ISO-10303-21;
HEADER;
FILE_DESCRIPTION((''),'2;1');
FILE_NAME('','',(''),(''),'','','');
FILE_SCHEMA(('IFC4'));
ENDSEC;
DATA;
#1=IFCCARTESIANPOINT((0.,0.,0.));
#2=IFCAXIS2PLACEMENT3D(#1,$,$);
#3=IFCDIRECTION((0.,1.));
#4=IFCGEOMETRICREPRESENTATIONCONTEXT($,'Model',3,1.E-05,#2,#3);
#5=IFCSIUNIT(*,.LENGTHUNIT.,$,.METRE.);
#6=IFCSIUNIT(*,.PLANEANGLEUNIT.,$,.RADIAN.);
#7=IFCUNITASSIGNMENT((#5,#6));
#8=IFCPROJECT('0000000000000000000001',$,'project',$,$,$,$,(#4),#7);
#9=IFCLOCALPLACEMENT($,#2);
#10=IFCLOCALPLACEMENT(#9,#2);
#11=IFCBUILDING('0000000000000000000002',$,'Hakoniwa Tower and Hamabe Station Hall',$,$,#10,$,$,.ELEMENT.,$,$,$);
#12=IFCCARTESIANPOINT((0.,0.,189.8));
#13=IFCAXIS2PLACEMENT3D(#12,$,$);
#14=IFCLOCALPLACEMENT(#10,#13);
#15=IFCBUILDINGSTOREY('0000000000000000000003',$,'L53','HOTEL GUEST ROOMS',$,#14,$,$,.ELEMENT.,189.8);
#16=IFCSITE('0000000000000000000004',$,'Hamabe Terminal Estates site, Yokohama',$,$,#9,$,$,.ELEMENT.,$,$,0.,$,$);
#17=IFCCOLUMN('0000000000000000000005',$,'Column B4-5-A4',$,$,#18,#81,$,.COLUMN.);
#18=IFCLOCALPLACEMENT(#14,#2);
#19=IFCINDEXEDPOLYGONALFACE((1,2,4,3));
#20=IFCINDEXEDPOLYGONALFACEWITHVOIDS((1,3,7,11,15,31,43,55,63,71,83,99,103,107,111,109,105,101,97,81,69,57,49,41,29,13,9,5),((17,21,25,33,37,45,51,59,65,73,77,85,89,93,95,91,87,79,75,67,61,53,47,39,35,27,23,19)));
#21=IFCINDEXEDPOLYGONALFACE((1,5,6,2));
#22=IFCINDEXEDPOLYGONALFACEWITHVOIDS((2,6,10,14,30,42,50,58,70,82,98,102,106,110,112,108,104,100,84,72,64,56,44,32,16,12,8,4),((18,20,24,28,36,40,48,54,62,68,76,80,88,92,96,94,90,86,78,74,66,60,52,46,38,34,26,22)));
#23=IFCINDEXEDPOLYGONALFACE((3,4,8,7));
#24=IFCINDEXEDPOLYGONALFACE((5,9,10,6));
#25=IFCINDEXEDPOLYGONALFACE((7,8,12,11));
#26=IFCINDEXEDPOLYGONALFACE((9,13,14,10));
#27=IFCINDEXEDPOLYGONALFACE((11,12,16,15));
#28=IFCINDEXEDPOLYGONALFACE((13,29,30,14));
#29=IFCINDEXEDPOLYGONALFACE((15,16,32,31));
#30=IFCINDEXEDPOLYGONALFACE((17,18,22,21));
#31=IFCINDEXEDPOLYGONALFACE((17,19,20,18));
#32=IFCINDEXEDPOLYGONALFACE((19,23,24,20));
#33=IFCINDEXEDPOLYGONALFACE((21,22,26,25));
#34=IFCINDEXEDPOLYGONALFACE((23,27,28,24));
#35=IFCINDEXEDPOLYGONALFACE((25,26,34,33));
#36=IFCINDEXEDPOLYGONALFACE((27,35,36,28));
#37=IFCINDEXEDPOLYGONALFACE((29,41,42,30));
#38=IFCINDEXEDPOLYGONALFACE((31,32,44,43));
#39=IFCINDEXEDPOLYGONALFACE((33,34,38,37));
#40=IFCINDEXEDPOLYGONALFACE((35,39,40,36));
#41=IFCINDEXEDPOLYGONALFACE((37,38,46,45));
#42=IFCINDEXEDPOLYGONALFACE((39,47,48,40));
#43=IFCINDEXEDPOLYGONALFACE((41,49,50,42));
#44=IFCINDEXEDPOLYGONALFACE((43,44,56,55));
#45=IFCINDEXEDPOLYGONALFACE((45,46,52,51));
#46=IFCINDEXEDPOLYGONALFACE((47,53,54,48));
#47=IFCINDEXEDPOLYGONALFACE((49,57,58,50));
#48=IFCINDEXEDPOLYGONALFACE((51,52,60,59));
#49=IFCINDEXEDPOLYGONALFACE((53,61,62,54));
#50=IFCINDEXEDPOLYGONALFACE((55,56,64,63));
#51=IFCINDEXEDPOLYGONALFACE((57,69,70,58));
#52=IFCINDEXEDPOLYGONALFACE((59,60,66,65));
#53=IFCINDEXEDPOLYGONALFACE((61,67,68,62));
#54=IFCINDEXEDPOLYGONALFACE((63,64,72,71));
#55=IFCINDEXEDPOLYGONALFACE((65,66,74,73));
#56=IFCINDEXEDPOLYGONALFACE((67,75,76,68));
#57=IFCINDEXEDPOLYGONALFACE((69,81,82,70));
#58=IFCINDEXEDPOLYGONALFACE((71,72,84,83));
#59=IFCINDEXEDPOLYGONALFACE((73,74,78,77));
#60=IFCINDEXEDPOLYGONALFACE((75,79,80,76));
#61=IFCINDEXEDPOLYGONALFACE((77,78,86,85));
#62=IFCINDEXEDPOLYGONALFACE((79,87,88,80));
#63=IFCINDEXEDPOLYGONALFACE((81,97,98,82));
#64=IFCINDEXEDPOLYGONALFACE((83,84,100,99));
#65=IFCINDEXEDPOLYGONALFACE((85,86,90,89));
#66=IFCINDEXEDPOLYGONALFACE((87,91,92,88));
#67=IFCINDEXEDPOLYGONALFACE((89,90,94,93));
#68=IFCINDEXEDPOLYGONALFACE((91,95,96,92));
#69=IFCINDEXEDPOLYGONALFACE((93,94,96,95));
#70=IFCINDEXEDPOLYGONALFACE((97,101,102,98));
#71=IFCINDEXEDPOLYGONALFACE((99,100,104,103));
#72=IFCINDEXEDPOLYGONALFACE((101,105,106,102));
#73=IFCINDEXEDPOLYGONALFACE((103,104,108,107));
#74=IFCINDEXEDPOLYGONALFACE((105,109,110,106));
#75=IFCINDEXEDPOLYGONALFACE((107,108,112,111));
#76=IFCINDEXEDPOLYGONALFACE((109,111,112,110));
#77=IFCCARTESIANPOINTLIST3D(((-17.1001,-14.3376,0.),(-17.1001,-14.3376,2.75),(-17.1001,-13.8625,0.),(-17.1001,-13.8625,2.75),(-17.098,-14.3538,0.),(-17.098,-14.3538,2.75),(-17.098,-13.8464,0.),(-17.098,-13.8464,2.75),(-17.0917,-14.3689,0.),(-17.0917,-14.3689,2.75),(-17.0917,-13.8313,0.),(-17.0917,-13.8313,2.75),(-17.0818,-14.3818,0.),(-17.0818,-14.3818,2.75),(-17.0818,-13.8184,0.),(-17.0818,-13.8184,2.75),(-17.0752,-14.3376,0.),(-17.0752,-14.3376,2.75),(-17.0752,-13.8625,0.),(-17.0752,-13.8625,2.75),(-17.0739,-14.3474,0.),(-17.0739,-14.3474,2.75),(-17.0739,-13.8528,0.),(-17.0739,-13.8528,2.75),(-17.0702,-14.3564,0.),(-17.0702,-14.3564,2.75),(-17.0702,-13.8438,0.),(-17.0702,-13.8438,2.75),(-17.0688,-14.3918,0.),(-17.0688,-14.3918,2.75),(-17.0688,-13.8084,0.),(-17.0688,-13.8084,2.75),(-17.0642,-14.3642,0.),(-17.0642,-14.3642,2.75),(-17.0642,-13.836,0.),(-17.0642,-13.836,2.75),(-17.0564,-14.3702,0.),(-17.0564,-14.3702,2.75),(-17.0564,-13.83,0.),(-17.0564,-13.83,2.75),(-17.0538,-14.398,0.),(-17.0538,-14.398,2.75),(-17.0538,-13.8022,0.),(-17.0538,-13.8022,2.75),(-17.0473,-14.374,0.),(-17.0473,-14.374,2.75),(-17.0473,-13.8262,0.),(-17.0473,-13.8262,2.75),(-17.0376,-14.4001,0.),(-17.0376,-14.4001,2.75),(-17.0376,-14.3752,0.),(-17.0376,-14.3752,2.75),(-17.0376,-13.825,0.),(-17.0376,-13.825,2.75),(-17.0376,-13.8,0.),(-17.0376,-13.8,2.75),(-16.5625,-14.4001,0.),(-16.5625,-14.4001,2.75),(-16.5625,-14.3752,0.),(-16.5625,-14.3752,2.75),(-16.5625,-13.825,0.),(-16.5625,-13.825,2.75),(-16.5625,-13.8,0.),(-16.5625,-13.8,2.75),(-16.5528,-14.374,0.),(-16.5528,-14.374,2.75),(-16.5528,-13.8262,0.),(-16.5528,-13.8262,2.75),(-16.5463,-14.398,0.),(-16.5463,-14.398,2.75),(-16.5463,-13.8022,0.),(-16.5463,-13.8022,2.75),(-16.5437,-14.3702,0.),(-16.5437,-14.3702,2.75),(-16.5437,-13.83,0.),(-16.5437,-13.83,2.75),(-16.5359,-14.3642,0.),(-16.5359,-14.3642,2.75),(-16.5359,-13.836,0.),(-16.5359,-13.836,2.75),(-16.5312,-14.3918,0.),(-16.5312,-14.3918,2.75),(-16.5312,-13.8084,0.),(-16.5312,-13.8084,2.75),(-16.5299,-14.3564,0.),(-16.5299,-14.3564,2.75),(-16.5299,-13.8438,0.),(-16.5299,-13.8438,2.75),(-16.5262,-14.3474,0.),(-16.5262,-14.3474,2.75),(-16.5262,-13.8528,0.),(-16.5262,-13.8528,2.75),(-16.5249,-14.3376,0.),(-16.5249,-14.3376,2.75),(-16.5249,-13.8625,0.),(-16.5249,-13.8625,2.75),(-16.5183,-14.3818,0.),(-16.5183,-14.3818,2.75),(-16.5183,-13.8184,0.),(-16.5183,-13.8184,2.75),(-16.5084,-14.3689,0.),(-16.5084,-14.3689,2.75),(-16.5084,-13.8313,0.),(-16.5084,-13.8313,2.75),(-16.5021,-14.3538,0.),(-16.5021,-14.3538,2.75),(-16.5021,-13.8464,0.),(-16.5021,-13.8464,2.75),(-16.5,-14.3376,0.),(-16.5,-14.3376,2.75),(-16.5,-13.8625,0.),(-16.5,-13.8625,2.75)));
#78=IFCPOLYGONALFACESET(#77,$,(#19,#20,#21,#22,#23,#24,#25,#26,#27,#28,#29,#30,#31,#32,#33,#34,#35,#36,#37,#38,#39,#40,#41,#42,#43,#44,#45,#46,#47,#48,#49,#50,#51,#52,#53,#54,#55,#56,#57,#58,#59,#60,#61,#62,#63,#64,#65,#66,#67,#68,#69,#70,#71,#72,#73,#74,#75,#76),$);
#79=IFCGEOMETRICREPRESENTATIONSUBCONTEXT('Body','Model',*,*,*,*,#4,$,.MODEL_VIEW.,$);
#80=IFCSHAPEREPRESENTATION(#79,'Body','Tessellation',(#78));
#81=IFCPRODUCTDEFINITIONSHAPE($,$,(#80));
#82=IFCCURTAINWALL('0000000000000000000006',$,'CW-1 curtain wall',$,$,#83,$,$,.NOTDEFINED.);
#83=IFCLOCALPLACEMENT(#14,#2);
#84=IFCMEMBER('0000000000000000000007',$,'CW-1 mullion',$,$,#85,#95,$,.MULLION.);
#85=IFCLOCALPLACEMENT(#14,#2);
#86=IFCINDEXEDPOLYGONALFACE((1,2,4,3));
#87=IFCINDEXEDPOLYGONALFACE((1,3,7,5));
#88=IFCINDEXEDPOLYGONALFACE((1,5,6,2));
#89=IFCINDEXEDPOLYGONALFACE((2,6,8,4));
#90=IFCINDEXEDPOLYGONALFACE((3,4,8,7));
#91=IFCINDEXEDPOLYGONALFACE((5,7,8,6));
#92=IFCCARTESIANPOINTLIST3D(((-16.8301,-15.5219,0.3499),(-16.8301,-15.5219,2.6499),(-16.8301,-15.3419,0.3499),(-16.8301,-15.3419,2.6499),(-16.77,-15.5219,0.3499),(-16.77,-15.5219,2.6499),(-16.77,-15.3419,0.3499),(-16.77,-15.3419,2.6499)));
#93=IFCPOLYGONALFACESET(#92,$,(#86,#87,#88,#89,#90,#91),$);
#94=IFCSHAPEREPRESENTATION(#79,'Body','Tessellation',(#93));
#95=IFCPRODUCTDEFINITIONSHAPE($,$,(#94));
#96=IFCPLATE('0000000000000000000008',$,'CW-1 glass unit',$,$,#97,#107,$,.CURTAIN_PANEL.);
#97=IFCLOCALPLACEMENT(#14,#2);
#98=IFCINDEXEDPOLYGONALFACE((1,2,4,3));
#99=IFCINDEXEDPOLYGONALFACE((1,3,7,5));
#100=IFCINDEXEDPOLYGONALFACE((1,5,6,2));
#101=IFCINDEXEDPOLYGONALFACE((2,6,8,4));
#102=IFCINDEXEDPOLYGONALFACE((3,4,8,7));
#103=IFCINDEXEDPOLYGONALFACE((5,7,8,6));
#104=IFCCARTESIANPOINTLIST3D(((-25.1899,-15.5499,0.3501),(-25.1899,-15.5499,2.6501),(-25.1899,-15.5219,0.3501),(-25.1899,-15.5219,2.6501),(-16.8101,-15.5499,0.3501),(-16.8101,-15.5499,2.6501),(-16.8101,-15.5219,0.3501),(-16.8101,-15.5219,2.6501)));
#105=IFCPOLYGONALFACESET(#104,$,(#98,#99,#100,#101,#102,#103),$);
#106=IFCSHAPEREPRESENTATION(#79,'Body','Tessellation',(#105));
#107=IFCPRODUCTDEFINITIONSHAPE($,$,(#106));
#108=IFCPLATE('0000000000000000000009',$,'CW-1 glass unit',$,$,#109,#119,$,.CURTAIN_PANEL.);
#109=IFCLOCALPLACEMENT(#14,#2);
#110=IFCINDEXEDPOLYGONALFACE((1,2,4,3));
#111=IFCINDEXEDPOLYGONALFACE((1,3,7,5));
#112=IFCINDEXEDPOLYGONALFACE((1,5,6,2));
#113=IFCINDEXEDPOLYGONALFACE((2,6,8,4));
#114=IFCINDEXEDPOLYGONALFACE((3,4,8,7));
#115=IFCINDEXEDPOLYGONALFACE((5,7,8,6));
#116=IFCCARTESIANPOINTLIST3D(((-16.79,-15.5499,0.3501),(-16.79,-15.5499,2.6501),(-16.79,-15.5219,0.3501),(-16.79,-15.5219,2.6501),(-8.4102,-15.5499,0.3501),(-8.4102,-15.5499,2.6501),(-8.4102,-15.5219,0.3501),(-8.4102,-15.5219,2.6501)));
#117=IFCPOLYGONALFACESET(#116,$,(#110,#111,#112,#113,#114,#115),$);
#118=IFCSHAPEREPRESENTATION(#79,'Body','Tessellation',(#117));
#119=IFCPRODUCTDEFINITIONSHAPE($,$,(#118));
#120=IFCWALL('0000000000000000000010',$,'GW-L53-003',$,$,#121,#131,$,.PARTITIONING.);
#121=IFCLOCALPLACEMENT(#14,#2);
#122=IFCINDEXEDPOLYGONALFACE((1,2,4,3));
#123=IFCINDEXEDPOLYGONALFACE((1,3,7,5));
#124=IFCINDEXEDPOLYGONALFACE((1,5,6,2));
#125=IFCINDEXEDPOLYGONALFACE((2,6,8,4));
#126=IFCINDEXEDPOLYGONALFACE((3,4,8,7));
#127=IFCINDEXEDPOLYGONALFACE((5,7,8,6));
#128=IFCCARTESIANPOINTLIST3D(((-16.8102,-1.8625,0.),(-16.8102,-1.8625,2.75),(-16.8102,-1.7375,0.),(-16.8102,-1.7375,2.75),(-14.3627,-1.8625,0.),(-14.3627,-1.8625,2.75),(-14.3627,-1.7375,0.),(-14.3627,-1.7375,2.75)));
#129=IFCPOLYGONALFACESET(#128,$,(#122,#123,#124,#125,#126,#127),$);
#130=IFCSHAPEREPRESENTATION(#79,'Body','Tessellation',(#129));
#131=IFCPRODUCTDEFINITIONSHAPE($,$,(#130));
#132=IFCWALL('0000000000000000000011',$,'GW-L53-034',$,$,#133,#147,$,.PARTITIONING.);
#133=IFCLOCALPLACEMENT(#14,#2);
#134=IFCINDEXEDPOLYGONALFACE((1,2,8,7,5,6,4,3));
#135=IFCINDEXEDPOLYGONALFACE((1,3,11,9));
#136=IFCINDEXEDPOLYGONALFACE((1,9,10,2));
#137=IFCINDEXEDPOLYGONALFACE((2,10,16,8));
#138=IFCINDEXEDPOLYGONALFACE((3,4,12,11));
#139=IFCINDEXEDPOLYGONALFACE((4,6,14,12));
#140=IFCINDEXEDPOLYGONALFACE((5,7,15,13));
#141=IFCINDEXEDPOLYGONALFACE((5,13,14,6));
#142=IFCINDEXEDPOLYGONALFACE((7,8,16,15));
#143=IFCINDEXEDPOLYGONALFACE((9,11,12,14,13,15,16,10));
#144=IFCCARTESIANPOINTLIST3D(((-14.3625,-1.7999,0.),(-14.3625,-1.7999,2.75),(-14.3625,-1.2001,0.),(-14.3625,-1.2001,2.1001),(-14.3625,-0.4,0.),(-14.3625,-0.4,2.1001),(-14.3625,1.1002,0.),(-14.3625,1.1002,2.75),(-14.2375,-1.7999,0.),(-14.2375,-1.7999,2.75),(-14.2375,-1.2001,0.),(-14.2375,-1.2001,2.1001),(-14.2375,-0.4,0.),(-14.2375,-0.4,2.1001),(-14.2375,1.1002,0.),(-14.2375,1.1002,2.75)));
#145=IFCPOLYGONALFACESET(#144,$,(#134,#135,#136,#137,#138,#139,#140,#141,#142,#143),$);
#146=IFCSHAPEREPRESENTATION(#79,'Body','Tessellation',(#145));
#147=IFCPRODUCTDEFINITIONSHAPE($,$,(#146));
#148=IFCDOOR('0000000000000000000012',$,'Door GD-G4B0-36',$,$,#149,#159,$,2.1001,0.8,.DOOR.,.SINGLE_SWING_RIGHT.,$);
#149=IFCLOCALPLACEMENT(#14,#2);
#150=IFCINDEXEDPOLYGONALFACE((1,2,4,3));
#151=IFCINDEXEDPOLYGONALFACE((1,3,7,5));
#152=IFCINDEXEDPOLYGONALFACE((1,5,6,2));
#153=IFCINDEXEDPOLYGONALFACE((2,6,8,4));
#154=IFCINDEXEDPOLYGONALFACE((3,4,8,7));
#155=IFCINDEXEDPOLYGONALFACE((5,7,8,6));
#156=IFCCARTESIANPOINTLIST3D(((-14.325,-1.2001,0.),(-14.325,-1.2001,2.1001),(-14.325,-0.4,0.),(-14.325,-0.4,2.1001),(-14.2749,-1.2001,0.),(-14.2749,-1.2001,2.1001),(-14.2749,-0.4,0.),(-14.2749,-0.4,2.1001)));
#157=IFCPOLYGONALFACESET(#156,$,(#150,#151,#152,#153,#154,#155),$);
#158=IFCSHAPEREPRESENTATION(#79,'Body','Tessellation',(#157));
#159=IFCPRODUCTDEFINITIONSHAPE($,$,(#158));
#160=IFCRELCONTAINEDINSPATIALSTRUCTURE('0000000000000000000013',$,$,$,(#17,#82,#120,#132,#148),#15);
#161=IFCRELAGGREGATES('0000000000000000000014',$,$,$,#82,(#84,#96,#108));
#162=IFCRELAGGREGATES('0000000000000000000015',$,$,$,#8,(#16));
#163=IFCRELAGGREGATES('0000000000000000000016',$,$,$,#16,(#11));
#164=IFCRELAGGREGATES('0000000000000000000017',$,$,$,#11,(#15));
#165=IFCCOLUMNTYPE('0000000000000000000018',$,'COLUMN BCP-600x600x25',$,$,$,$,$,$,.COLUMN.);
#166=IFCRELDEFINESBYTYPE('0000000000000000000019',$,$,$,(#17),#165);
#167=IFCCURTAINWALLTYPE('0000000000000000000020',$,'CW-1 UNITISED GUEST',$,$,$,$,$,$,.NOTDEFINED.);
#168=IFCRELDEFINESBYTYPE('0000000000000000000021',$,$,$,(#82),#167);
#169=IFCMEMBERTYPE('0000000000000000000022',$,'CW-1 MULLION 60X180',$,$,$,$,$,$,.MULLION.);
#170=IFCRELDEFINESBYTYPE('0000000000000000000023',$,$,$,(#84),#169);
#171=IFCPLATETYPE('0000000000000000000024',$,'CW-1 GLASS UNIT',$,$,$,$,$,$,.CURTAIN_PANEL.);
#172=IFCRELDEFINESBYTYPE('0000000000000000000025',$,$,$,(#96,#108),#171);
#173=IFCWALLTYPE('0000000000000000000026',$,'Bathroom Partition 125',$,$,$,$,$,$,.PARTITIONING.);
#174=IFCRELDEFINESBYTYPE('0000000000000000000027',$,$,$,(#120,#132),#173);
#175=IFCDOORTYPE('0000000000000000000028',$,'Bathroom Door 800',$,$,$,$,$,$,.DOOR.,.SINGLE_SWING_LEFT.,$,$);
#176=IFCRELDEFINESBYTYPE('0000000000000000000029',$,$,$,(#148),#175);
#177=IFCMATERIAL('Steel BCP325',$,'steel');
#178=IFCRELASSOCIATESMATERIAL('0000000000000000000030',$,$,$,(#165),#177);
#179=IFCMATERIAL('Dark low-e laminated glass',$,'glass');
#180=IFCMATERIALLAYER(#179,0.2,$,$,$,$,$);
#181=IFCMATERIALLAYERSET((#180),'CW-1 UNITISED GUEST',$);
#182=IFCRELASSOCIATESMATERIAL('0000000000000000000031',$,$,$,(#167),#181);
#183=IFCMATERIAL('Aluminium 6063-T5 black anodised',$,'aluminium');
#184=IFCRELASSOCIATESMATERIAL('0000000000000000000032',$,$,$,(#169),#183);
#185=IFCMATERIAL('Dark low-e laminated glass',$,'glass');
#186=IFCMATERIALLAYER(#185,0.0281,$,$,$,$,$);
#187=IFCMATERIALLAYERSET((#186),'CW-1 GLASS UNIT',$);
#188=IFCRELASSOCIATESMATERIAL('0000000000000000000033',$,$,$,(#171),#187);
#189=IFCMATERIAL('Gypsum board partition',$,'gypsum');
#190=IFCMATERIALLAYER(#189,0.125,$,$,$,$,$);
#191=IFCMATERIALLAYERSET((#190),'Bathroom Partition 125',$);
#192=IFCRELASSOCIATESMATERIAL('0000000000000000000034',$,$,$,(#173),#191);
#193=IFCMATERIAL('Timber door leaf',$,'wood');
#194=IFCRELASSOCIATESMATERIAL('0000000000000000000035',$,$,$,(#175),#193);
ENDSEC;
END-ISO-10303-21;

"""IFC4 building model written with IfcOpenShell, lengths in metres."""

from ifc_helpers import new_model, si_unit, direction, frame, frame_2d, origin, origin_2d, place, context, subcontext, project, spatial, rectangle, hollow_rectangle, extrude, material, layer, layer_set, material_profile, profile_set, type_object, element, fill, aggregate, save


model = new_model("IFC4")

# Units and contexts
model_context = context("Model", 3, precision=1e-05, world=origin(), true_north=direction((0.0, 1.0)))
body_context = subcontext(model_context, "Body", "Model", "MODEL_VIEW")
ifc_project = project(units=[si_unit("LENGTHUNIT", "METRE"), si_unit("PLANEANGLEUNIT", "RADIAN")], contexts=[model_context])

# Site, building, storey
site_placement = place(None, origin())
site = spatial("IfcSite", under=ifc_project, at=site_placement, Name="Hamabe Terminal Estates site, Yokohama", CompositionType="ELEMENT", RefElevation=0.0)
building_placement = place(site_placement, origin())
building = spatial("IfcBuilding", under=site, at=building_placement, Name="Hakoniwa Tower and Hamabe Station Hall", CompositionType="ELEMENT")
storey_placement = place(building_placement, frame((0.0, 0.0, 189.8)))
storey = spatial("IfcBuildingStorey", under=building, at=storey_placement, Name="L53", Description="HOTEL GUEST ROOMS", CompositionType="ELEMENT", Elevation=189.8)

# Column
ifc_material_1 = material(Name="Steel BCP325", Category="steel")
ifc_material_profile_1 = material_profile(ifc_material_1, hollow_rectangle(XDim=0.6001, YDim=0.6001, WallThickness=0.0249, InnerFilletRadius=0.0376, OuterFilletRadius=0.0625, at=origin_2d()), Name="BCP-600x600x25")
ifc_profile_set_1 = profile_set([ifc_material_profile_1], Name="Steel BCP325")
column_type = type_object("IfcColumnType", Name="COLUMN BCP-600x600x25", PredefinedType="COLUMN", material=ifc_profile_set_1)
column_placement = place(storey_placement, frame((-16.8, -14.1001, 0.0), z_axis=(0.0, 0.0, 1.0), x_axis=(1.0, 0.0, 0.0)))
element("IfcColumn", 1, at=column_placement, inside=storey, type_object=column_type, Name="Column B4-5-A4", PredefinedType="COLUMN", context=body_context, shape_type="SweptSolid", body=[
    extrude(hollow_rectangle(XDim=0.6001, YDim=0.6001, WallThickness=0.0249, InnerFilletRadius=0.0376, OuterFilletRadius=0.0625, at=origin_2d()), origin(), (0.0, 0.0, 1.0), 2.75),
])

# Curtain wall, member, plates
ifc_material_2 = material(Name="Dark low-e laminated glass", Category="glass")
ifc_layer_1 = layer(ifc_material_2, 0.2)
ifc_layer_set_1 = layer_set([ifc_layer_1], Name="CW-1 UNITISED GUEST")
curtain_wall_type = type_object("IfcCurtainWallType", Name="CW-1 UNITISED GUEST", PredefinedType="NOTDEFINED", material=ifc_layer_set_1)
curtain_wall_placement = place(storey_placement, origin())
curtain_wall = element("IfcCurtainWall", 2, at=curtain_wall_placement, inside=storey, type_object=curtain_wall_type, Name="CW-1 curtain wall", PredefinedType="NOTDEFINED")
ifc_material_3 = material(Name="Aluminium 6063-T5 black anodised", Category="aluminium")
ifc_material_profile_2 = material_profile(ifc_material_3, rectangle(XDim=0.0601, YDim=0.1799, at=origin_2d()), Name="CW-1 MULLION 60X180")
ifc_profile_set_2 = profile_set([ifc_material_profile_2], Name="Aluminium 6063-T5 black anodised")
member_type = type_object("IfcMemberType", Name="CW-1 MULLION 60X180", PredefinedType="MULLION", material=ifc_profile_set_2)
member_placement = place(storey_placement, frame((-16.8, -15.4319, 0.3499), z_axis=(0.0, 0.0, 1.0), x_axis=(1.0, 0.0, 0.0)))
member = element("IfcMember", 3, at=member_placement, type_object=member_type, Name="CW-1 mullion", PredefinedType="MULLION", context=body_context, shape_type="SweptSolid", body=[
    extrude(rectangle(XDim=0.0601, YDim=0.1799, at=origin_2d()), origin(), (0.0, 0.0, 1.0), 2.3),
])
ifc_material_4 = material(Name="Dark low-e laminated glass", Category="glass")
ifc_layer_2 = layer(ifc_material_4, 0.0281)
ifc_layer_set_2 = layer_set([ifc_layer_2], Name="CW-1 GLASS UNIT")
plate_type = type_object("IfcPlateType", Name="CW-1 GLASS UNIT", PredefinedType="CURTAIN_PANEL", material=ifc_layer_set_2)
plate_1_placement = place(storey_placement, frame((-21.0, -15.5359, 0.3501), z_axis=(0.0, 0.0, 1.0), x_axis=(1.0, 0.0, 0.0)))
plate_1 = element("IfcPlate", 4, at=plate_1_placement, type_object=plate_type, Name="CW-1 glass unit", PredefinedType="CURTAIN_PANEL", context=body_context, shape_type="SweptSolid", body=[
    extrude(rectangle(XDim=8.3799, YDim=0.0281, at=origin_2d()), origin(), (0.0, 0.0, 1.0), 2.3),
])
plate_2_placement = place(storey_placement, frame((-12.6001, -15.5359, 0.3501), z_axis=(0.0, 0.0, 1.0), x_axis=(1.0, 0.0, 0.0)))
plate_2 = element("IfcPlate", 5, at=plate_2_placement, type_object=plate_type, Name="CW-1 glass unit", PredefinedType="CURTAIN_PANEL", context=body_context, shape_type="SweptSolid", body=[
    extrude(rectangle(XDim=8.3799, YDim=0.0281, at=origin_2d()), origin(), (0.0, 0.0, 1.0), 2.3),
])
aggregate(curtain_wall, [member, plate_1, plate_2])

# Wall
ifc_material_5 = material(Name="Gypsum board partition", Category="gypsum")
ifc_layer_3 = layer(ifc_material_5, 0.125)
ifc_layer_set_3 = layer_set([ifc_layer_3], Name="Bathroom Partition 125")
wall_type_1 = type_object("IfcWallType", Name="Bathroom Partition 125", PredefinedType="PARTITIONING", material=ifc_layer_set_3)
wall_1_placement = place(storey_placement, frame((-16.8101, -1.8, 0.0), z_axis=(0.0, 0.0, 1.0), x_axis=(1.0, 0.0, 0.0)))
element("IfcWall", 6, at=wall_1_placement, inside=storey, type_object=wall_type_1, Name="GW-L53-003", PredefinedType="PARTITIONING", context=body_context, shape_type="SweptSolid", body=[
    extrude(rectangle(XDim=2.4475, YDim=0.125, at=frame_2d((1.2236, 0.0))), origin(), (0.0, 0.0, 1.0), 2.75),
])

# Wall, opening, door
wall_2_placement = place(storey_placement, frame((-14.3, -1.8, 0.0), z_axis=(0.0, 0.0, 1.0), x_axis=(0.0, 1.0, 0.0)))
wall_2 = element("IfcWall", 7, at=wall_2_placement, inside=storey, type_object=wall_type_1, Name="GW-L53-034", PredefinedType="PARTITIONING", context=body_context, shape_type="SweptSolid", body=[
    extrude(rectangle(XDim=2.9001, YDim=0.125, at=frame_2d((1.4502, 0.0))), origin(), (0.0, 0.0, 1.0), 2.75),
])
opening_1_placement = place(wall_2_placement, frame((0.6001, 0.0, 0.0)))
opening_1 = element("IfcOpeningElement", 8, at=opening_1_placement, cuts=wall_2, PredefinedType="OPENING", context=body_context, shape_type="SweptSolid", body=[
    extrude(rectangle(XDim=0.8, YDim=2.1001, at=frame_2d((0.3999, 1.05))), frame((0.0, 0.0725, 0.0), z_axis=(0.0, -1.0, 0.0), x_axis=(1.0, 0.0, 0.0)), (0.0, 0.0, 1.0), 0.145),
])
ifc_material_6 = material(Name="Timber door leaf", Category="wood")
door_type_1 = type_object("IfcDoorType", Name="Bathroom Door 800", OperationType="SINGLE_SWING_LEFT", PredefinedType="DOOR", material=ifc_material_6)
door_1_placement = place(opening_1_placement, origin())
door_1 = element("IfcDoor", 9, at=door_1_placement, inside=storey, type_object=door_type_1, Name="Door GD-G4B0-36", OperationType="SINGLE_SWING_RIGHT", OverallHeight=2.1001, OverallWidth=0.8, PredefinedType="DOOR", context=body_context, shape_type="SweptSolid", body=[
    extrude(rectangle(XDim=0.8, YDim=2.1001, at=frame_2d((0.3999, 1.05))), frame((0.0, 0.0249, 0.0), z_axis=(0.0, -1.0, 0.0), x_axis=(1.0, 0.0, 0.0)), (0.0, 0.0, 1.0), 0.05),
])
fill(opening_1, door_1)

save(model, "model.ifc")
